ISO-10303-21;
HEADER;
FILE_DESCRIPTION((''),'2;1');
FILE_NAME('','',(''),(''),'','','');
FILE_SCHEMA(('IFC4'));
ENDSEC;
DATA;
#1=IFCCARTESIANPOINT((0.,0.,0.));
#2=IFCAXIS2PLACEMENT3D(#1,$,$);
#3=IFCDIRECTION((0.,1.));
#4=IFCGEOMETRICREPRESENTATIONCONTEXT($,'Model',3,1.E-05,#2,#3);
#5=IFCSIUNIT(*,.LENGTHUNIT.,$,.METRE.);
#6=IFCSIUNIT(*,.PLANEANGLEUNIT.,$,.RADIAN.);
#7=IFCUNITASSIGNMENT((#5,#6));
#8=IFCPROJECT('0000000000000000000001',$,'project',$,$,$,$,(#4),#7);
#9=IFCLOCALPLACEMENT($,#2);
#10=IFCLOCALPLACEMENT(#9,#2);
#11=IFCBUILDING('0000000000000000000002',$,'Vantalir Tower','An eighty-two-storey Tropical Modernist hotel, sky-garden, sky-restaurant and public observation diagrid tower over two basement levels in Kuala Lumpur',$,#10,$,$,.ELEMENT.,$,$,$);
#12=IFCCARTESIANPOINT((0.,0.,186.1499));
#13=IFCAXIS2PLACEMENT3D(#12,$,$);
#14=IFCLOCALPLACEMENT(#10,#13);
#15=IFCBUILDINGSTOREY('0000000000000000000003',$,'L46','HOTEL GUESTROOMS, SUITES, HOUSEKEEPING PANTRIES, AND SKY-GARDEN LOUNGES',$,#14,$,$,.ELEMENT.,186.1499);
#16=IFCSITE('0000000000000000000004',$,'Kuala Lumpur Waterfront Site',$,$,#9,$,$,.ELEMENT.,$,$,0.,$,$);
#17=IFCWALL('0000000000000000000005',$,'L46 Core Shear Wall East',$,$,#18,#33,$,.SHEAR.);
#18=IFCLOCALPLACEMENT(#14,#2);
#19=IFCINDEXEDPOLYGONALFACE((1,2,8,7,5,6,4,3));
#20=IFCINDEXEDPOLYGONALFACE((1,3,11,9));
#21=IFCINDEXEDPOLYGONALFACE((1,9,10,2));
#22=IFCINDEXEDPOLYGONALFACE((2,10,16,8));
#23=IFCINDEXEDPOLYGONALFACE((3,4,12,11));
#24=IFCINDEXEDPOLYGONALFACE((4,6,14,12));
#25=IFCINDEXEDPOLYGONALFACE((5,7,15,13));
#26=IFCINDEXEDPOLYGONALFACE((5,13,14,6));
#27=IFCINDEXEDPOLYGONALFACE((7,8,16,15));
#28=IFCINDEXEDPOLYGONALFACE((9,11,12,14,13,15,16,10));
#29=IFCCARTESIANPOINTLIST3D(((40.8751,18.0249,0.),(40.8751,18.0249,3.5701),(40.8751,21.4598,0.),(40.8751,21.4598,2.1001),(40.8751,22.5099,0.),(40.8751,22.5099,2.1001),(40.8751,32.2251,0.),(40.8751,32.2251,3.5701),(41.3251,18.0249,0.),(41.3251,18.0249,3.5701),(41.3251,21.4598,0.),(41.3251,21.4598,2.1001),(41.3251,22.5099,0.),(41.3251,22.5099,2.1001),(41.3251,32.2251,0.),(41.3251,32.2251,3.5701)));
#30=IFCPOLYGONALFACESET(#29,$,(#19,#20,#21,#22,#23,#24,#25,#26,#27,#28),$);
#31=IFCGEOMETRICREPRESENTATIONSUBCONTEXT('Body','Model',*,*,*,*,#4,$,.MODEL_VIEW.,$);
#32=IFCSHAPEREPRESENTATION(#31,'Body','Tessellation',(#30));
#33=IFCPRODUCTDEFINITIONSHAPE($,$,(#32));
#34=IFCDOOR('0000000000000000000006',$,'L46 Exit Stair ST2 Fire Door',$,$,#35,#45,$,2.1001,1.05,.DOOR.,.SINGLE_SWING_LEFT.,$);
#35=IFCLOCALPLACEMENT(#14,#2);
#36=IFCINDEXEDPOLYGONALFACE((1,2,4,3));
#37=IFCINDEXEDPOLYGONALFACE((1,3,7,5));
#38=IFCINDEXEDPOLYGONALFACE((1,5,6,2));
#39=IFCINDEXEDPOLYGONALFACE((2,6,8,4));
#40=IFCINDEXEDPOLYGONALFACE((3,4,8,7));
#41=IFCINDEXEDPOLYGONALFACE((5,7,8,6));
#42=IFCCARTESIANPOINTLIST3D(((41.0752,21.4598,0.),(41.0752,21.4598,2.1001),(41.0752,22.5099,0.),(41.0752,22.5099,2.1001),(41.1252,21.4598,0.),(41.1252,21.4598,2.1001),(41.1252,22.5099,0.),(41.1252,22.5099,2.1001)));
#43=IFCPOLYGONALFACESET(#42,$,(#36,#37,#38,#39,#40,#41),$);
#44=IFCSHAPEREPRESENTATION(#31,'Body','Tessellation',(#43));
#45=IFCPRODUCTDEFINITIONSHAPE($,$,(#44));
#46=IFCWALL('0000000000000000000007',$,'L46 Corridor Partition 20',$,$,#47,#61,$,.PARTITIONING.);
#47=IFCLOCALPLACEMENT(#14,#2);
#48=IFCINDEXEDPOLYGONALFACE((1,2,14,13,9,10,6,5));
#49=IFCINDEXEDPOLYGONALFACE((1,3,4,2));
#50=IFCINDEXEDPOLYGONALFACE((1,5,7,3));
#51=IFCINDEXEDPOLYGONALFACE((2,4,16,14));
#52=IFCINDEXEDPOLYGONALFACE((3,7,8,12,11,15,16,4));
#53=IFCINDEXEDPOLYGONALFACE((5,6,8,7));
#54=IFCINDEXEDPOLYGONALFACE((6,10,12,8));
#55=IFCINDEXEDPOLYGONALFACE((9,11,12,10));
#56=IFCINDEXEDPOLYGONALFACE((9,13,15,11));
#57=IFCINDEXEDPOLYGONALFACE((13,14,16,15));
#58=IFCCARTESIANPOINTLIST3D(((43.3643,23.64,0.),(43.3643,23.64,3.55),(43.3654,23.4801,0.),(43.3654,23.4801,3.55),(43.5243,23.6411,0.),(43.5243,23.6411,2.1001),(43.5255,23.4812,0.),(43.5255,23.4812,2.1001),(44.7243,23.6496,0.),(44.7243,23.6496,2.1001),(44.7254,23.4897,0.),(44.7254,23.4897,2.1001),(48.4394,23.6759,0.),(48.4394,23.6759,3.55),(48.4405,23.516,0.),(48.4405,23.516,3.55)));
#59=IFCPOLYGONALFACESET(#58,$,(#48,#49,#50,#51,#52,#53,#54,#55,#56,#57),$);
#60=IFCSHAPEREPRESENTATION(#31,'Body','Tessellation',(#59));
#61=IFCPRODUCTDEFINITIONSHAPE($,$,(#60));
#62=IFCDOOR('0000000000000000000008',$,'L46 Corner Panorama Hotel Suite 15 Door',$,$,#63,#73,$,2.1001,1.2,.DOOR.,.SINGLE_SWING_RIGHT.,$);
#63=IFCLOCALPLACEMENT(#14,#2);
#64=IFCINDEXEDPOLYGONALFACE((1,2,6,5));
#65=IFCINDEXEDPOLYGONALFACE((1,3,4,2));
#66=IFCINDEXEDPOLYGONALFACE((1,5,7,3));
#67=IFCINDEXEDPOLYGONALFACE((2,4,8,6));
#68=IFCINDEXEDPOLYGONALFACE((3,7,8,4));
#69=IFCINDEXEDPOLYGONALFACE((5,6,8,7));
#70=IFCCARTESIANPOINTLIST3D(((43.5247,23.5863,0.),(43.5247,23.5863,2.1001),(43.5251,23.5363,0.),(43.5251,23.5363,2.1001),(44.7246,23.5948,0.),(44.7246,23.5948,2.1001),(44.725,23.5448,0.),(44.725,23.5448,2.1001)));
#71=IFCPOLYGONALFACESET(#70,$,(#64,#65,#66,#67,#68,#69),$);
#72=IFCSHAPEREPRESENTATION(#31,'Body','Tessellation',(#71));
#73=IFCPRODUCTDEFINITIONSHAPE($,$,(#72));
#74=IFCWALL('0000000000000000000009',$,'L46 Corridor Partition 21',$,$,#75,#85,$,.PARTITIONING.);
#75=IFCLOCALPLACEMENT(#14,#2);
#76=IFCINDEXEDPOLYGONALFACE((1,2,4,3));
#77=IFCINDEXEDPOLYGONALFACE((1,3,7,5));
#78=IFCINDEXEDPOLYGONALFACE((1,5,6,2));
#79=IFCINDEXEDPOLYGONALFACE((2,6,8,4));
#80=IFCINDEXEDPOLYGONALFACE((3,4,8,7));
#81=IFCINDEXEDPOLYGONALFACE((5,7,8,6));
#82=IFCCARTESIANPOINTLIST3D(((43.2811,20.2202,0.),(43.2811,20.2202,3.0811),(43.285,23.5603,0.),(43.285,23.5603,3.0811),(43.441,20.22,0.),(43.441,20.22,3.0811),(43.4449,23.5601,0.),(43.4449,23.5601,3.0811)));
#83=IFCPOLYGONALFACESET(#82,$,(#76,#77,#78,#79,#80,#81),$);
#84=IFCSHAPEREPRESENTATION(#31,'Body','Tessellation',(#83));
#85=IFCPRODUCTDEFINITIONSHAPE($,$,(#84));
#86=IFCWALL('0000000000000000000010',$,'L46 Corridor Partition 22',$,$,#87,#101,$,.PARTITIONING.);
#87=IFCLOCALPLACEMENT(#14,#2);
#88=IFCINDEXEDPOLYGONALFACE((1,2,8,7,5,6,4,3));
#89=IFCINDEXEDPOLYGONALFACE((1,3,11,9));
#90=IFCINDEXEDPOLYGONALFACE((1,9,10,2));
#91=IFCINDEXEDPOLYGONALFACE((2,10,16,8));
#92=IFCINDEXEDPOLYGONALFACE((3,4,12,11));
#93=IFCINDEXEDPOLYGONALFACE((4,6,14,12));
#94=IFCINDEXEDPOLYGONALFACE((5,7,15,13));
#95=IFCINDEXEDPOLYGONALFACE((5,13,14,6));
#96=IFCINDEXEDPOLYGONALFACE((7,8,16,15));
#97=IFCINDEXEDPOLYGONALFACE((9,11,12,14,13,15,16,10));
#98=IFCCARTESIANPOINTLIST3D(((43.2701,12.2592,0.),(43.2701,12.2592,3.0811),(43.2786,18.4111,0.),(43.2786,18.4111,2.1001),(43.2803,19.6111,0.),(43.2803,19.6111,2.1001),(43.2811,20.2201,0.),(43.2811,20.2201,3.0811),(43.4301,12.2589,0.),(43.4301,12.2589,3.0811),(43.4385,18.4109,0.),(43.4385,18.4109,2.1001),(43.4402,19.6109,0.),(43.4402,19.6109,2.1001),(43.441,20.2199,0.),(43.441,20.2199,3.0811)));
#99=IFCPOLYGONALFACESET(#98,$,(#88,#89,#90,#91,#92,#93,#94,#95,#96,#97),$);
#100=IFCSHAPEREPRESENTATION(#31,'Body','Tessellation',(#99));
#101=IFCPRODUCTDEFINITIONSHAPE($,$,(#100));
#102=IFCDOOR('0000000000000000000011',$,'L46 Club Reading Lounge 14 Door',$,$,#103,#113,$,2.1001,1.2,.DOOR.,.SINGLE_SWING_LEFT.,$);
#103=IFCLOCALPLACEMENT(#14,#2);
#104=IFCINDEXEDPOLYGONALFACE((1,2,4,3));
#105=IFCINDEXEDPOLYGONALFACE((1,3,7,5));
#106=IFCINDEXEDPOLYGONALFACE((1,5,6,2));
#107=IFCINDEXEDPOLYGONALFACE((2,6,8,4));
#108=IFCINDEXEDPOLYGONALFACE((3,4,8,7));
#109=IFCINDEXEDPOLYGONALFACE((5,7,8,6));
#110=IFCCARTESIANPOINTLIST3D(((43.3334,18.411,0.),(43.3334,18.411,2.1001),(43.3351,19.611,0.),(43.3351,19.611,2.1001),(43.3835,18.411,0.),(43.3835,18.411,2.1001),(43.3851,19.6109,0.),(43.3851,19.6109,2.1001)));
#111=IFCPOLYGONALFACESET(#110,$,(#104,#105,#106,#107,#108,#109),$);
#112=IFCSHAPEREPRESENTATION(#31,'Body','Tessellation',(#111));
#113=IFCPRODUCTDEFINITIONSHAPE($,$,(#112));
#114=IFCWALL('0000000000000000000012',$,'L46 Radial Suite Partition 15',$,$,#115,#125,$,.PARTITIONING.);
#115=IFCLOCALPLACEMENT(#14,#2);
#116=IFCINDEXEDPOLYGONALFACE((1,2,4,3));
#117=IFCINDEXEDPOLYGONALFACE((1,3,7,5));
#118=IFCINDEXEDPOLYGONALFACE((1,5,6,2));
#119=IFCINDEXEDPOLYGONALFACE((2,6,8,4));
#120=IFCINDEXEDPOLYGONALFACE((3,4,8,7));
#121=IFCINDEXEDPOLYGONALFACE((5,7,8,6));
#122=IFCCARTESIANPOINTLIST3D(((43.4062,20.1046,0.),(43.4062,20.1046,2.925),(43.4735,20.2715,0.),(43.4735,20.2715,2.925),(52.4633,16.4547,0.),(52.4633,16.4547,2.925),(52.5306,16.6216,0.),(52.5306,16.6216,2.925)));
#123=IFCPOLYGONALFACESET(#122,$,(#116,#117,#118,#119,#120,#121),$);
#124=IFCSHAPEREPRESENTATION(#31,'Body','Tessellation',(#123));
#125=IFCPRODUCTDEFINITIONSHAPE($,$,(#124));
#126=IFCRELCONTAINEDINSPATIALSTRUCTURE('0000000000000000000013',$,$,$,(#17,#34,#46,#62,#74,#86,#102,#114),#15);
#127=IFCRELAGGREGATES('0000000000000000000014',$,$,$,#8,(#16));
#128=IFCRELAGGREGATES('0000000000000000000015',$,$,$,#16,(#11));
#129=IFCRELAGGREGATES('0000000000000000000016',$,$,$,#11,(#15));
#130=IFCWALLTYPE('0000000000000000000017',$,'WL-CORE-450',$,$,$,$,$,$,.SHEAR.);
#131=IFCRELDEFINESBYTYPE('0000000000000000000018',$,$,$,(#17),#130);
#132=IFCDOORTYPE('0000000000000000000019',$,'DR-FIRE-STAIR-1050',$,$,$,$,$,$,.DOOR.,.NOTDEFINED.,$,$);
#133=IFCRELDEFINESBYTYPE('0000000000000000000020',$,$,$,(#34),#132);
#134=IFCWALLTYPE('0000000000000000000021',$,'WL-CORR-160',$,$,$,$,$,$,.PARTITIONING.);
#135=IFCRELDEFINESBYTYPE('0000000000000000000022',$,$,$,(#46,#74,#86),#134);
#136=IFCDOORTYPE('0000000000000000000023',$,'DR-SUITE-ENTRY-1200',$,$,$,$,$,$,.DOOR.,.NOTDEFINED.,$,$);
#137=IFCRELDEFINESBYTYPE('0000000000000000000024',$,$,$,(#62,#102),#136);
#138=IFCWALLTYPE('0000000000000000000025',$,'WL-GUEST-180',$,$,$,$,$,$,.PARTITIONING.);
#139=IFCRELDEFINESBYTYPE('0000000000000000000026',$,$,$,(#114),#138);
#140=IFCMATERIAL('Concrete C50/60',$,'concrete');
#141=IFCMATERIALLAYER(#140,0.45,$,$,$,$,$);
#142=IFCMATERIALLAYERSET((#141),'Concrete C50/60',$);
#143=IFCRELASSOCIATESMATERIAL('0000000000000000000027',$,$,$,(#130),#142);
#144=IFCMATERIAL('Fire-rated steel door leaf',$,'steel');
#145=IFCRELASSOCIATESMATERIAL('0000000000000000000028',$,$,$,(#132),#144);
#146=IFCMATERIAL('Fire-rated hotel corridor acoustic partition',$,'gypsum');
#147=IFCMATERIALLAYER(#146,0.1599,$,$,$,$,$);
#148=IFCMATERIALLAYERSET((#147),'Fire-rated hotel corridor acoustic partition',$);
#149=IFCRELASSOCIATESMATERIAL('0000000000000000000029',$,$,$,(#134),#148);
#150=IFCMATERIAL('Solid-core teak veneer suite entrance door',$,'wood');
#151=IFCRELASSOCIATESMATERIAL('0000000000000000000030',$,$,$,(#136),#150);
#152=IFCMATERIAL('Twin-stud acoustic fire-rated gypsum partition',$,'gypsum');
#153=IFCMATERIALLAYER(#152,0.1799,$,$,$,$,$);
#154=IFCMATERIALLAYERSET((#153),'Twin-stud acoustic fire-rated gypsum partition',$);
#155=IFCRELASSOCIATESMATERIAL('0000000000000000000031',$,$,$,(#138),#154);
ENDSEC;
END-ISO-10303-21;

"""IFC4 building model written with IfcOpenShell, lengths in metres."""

from ifc_helpers import new_model, si_unit, direction, frame, frame_2d, origin, place, context, subcontext, project, spatial, rectangle, extrude, material, layer, layer_set, type_object, element, fill, save


model = new_model("IFC4")

# Units and contexts
model_context = context("Model", 3, precision=1e-05, world=origin(), true_north=direction((0.0, 1.0)))
body_context = subcontext(model_context, "Body", "Model", "MODEL_VIEW")
ifc_project = project(units=[si_unit("LENGTHUNIT", "METRE"), si_unit("PLANEANGLEUNIT", "RADIAN")], contexts=[model_context])

# Site, building, storey
site_placement = place(None, origin())
site = spatial("IfcSite", under=ifc_project, at=site_placement, Name="Kuala Lumpur Waterfront Site", CompositionType="ELEMENT", RefElevation=0.0)
building_placement = place(site_placement, origin())
building = spatial("IfcBuilding", under=site, at=building_placement, Name="Vantalir Tower", Description="An eighty-two-storey Tropical Modernist hotel, sky-garden, sky-restaurant and public observation diagrid tower over two basement levels in Kuala Lumpur", CompositionType="ELEMENT")
storey_placement = place(building_placement, frame((0.0, 0.0, 186.1499)))
storey = spatial("IfcBuildingStorey", under=building, at=storey_placement, Name="L46", Description="HOTEL GUESTROOMS, SUITES, HOUSEKEEPING PANTRIES, AND SKY-GARDEN LOUNGES", CompositionType="ELEMENT", Elevation=186.1499)

# Shared definitions
ifc_material_1 = material(Name="Concrete C50/60", Category="concrete")

# Walls, openings, doors
ifc_layer_1 = layer(ifc_material_1, 0.45)
ifc_layer_set_1 = layer_set([ifc_layer_1], Name="Concrete C50/60")
wall_type_1 = type_object("IfcWallType", Name="WL-CORE-450", PredefinedType="SHEAR", material=ifc_layer_set_1)
wall_1_placement = place(storey_placement, frame((41.1001, 18.0249, 0.0), z_axis=(0.0, 0.0, 1.0), x_axis=(0.0, 1.0, 0.0)))
wall_1 = element("IfcWall", 1, at=wall_1_placement, inside=storey, type_object=wall_type_1, Name="L46 Core Shear Wall East", PredefinedType="SHEAR", context=body_context, shape_type="SweptSolid", body=[
    extrude(rectangle(XDim=14.2002, YDim=0.45, at=frame_2d((7.1001, 0.0))), origin(), (0.0, 0.0, 1.0), 3.5701),
])
opening_1_placement = place(wall_1_placement, frame((3.4351, 0.0, 0.0)))
opening_1 = element("IfcOpeningElement", 2, at=opening_1_placement, cuts=wall_1, PredefinedType="OPENING", context=body_context, shape_type="SweptSolid", body=[
    extrude(rectangle(XDim=1.05, YDim=2.1001, at=frame_2d((0.5249, 1.05))), frame((0.0, 0.2349, 0.0), z_axis=(0.0, -1.0, 0.0), x_axis=(1.0, 0.0, 0.0)), (0.0, 0.0, 1.0), 0.47),
])
ifc_material_2 = material(Name="Fire-rated steel door leaf", Category="steel")
door_type_1 = type_object("IfcDoorType", Name="DR-FIRE-STAIR-1050", OperationType="NOTDEFINED", PredefinedType="DOOR", material=ifc_material_2)
door_1_placement = place(opening_1_placement, origin())
door_1 = element("IfcDoor", 3, at=door_1_placement, inside=storey, type_object=door_type_1, Name="L46 Exit Stair ST2 Fire Door", OperationType="SINGLE_SWING_LEFT", OverallHeight=2.1001, OverallWidth=1.05, PredefinedType="DOOR", context=body_context, shape_type="SweptSolid", body=[
    extrude(rectangle(XDim=1.05, YDim=2.1001, at=frame_2d((0.5249, 1.05))), frame((0.0, 0.0249, 0.0), z_axis=(0.0, -1.0, 0.0), x_axis=(1.0, 0.0, 0.0)), (0.0, 0.0, 1.0), 0.05),
])
fill(opening_1, door_1)
ifc_material_3 = material(Name="Fire-rated hotel corridor acoustic partition", Category="gypsum")
ifc_layer_2 = layer(ifc_material_3, 0.1599)
ifc_layer_set_2 = layer_set([ifc_layer_2], Name="Fire-rated hotel corridor acoustic partition")
wall_type_2 = type_object("IfcWallType", Name="WL-CORR-160", PredefinedType="PARTITIONING", material=ifc_layer_set_2)
wall_2_placement = place(storey_placement, frame((48.4399, 23.5959, 0.0), z_axis=(0.0, 0.0, 1.0), x_axis=(-0.999975, -0.007072, 0.0)))
wall_2 = element("IfcWall", 4, at=wall_2_placement, inside=storey, type_object=wall_type_2, Name="L46 Corridor Partition 20", PredefinedType="PARTITIONING", context=body_context, shape_type="SweptSolid", body=[
    extrude(rectangle(XDim=5.0752, YDim=0.1599, at=frame_2d((2.5376, 0.0))), origin(), (0.0, 0.0, 1.0), 3.55),
])
opening_2_placement = place(wall_2_placement, frame((3.7151, 0.0, 0.0)))
opening_2 = element("IfcOpeningElement", 5, at=opening_2_placement, cuts=wall_2, PredefinedType="OPENING", context=body_context, shape_type="SweptSolid", body=[
    extrude(rectangle(XDim=1.2, YDim=2.1001, at=frame_2d((0.6001, 1.05))), frame((0.0, 0.0898, 0.0), z_axis=(0.0, -1.0, 0.0), x_axis=(1.0, 0.0, 0.0)), (0.0, 0.0, 1.0), 0.1799),
])
ifc_material_4 = material(Name="Solid-core teak veneer suite entrance door", Category="wood")
door_type_2 = type_object("IfcDoorType", Name="DR-SUITE-ENTRY-1200", OperationType="NOTDEFINED", PredefinedType="DOOR", material=ifc_material_4)
door_2_placement = place(opening_2_placement, origin())
door_2 = element("IfcDoor", 6, at=door_2_placement, inside=storey, type_object=door_type_2, Name="L46 Corner Panorama Hotel Suite 15 Door", OperationType="SINGLE_SWING_RIGHT", OverallHeight=2.1001, OverallWidth=1.2, PredefinedType="DOOR", context=body_context, shape_type="SweptSolid", body=[
    extrude(rectangle(XDim=1.2, YDim=2.1001, at=frame_2d((0.6001, 1.05))), frame((0.0, 0.0249, 0.0), z_axis=(0.0, -1.0, 0.0), x_axis=(1.0, 0.0, 0.0)), (0.0, 0.0, 1.0), 0.05),
])
fill(opening_2, door_2)

# Wall
wall_3_placement = place(storey_placement, frame((43.365, 23.5601, 0.0), z_axis=(0.0, 0.0, 1.0), x_axis=(-0.00117, -0.999999, 0.0)))
element("IfcWall", 7, at=wall_3_placement, inside=storey, type_object=wall_type_2, Name="L46 Corridor Partition 21", PredefinedType="PARTITIONING", context=body_context, shape_type="SweptSolid", body=[
    extrude(rectangle(XDim=3.3401, YDim=0.1599, at=frame_2d((1.6699, 0.0))), origin(), (0.0, 0.0, 1.0), 3.0811),
])

# Wall, opening, door
wall_4_placement = place(storey_placement, frame((43.3611, 20.22, 0.0), z_axis=(0.0, 0.0, 1.0), x_axis=(-0.00138, -0.999999, 0.0)))
wall_4 = element("IfcWall", 8, at=wall_4_placement, inside=storey, type_object=wall_type_2, Name="L46 Corridor Partition 22", PredefinedType="PARTITIONING", context=body_context, shape_type="SweptSolid", body=[
    extrude(rectangle(XDim=7.9609, YDim=0.1599, at=frame_2d((3.9805, 0.0))), origin(), (0.0, 0.0, 1.0), 3.0811),
])
opening_3_placement = place(wall_4_placement, frame((0.6089, 0.0, 0.0)))
opening_3 = element("IfcOpeningElement", 9, at=opening_3_placement, cuts=wall_4, PredefinedType="OPENING", context=body_context, shape_type="SweptSolid", body=[
    extrude(rectangle(XDim=1.2, YDim=2.1001, at=frame_2d((0.6001, 1.05))), frame((0.0, 0.0898, 0.0), z_axis=(0.0, -1.0, 0.0), x_axis=(1.0, 0.0, 0.0)), (0.0, 0.0, 1.0), 0.1799),
])
door_3_placement = place(opening_3_placement, origin())
door_3 = element("IfcDoor", 10, at=door_3_placement, inside=storey, type_object=door_type_2, Name="L46 Club Reading Lounge 14 Door", OperationType="SINGLE_SWING_LEFT", OverallHeight=2.1001, OverallWidth=1.2, PredefinedType="DOOR", context=body_context, shape_type="SweptSolid", body=[
    extrude(rectangle(XDim=1.2, YDim=2.1001, at=frame_2d((0.6001, 1.05))), frame((0.0, 0.0249, 0.0), z_axis=(0.0, -1.0, 0.0), x_axis=(1.0, 0.0, 0.0)), (0.0, 0.0, 1.0), 0.05),
])
fill(opening_3, door_3)

# Wall
ifc_material_5 = material(Name="Twin-stud acoustic fire-rated gypsum partition", Category="gypsum")
ifc_layer_3 = layer(ifc_material_5, 0.1799)
ifc_layer_set_3 = layer_set([ifc_layer_3], Name="Twin-stud acoustic fire-rated gypsum partition")
wall_type_3 = type_object("IfcWallType", Name="WL-GUEST-180", PredefinedType="PARTITIONING", material=ifc_layer_set_3)
wall_5_placement = place(storey_placement, frame((43.4399, 20.188, 0.0), z_axis=(0.0, 0.0, 1.0), x_axis=(0.927518, -0.373778, 0.0)))
element("IfcWall", 11, at=wall_5_placement, inside=storey, type_object=wall_type_3, Name="L46 Radial Suite Partition 15", PredefinedType="PARTITIONING", context=body_context, shape_type="SweptSolid", body=[
    extrude(rectangle(XDim=9.7649, YDim=0.1799, at=frame_2d((4.8823, 0.0))), origin(), (0.0, 0.0, 1.0), 2.925),
])

save(model, "model.ifc")
